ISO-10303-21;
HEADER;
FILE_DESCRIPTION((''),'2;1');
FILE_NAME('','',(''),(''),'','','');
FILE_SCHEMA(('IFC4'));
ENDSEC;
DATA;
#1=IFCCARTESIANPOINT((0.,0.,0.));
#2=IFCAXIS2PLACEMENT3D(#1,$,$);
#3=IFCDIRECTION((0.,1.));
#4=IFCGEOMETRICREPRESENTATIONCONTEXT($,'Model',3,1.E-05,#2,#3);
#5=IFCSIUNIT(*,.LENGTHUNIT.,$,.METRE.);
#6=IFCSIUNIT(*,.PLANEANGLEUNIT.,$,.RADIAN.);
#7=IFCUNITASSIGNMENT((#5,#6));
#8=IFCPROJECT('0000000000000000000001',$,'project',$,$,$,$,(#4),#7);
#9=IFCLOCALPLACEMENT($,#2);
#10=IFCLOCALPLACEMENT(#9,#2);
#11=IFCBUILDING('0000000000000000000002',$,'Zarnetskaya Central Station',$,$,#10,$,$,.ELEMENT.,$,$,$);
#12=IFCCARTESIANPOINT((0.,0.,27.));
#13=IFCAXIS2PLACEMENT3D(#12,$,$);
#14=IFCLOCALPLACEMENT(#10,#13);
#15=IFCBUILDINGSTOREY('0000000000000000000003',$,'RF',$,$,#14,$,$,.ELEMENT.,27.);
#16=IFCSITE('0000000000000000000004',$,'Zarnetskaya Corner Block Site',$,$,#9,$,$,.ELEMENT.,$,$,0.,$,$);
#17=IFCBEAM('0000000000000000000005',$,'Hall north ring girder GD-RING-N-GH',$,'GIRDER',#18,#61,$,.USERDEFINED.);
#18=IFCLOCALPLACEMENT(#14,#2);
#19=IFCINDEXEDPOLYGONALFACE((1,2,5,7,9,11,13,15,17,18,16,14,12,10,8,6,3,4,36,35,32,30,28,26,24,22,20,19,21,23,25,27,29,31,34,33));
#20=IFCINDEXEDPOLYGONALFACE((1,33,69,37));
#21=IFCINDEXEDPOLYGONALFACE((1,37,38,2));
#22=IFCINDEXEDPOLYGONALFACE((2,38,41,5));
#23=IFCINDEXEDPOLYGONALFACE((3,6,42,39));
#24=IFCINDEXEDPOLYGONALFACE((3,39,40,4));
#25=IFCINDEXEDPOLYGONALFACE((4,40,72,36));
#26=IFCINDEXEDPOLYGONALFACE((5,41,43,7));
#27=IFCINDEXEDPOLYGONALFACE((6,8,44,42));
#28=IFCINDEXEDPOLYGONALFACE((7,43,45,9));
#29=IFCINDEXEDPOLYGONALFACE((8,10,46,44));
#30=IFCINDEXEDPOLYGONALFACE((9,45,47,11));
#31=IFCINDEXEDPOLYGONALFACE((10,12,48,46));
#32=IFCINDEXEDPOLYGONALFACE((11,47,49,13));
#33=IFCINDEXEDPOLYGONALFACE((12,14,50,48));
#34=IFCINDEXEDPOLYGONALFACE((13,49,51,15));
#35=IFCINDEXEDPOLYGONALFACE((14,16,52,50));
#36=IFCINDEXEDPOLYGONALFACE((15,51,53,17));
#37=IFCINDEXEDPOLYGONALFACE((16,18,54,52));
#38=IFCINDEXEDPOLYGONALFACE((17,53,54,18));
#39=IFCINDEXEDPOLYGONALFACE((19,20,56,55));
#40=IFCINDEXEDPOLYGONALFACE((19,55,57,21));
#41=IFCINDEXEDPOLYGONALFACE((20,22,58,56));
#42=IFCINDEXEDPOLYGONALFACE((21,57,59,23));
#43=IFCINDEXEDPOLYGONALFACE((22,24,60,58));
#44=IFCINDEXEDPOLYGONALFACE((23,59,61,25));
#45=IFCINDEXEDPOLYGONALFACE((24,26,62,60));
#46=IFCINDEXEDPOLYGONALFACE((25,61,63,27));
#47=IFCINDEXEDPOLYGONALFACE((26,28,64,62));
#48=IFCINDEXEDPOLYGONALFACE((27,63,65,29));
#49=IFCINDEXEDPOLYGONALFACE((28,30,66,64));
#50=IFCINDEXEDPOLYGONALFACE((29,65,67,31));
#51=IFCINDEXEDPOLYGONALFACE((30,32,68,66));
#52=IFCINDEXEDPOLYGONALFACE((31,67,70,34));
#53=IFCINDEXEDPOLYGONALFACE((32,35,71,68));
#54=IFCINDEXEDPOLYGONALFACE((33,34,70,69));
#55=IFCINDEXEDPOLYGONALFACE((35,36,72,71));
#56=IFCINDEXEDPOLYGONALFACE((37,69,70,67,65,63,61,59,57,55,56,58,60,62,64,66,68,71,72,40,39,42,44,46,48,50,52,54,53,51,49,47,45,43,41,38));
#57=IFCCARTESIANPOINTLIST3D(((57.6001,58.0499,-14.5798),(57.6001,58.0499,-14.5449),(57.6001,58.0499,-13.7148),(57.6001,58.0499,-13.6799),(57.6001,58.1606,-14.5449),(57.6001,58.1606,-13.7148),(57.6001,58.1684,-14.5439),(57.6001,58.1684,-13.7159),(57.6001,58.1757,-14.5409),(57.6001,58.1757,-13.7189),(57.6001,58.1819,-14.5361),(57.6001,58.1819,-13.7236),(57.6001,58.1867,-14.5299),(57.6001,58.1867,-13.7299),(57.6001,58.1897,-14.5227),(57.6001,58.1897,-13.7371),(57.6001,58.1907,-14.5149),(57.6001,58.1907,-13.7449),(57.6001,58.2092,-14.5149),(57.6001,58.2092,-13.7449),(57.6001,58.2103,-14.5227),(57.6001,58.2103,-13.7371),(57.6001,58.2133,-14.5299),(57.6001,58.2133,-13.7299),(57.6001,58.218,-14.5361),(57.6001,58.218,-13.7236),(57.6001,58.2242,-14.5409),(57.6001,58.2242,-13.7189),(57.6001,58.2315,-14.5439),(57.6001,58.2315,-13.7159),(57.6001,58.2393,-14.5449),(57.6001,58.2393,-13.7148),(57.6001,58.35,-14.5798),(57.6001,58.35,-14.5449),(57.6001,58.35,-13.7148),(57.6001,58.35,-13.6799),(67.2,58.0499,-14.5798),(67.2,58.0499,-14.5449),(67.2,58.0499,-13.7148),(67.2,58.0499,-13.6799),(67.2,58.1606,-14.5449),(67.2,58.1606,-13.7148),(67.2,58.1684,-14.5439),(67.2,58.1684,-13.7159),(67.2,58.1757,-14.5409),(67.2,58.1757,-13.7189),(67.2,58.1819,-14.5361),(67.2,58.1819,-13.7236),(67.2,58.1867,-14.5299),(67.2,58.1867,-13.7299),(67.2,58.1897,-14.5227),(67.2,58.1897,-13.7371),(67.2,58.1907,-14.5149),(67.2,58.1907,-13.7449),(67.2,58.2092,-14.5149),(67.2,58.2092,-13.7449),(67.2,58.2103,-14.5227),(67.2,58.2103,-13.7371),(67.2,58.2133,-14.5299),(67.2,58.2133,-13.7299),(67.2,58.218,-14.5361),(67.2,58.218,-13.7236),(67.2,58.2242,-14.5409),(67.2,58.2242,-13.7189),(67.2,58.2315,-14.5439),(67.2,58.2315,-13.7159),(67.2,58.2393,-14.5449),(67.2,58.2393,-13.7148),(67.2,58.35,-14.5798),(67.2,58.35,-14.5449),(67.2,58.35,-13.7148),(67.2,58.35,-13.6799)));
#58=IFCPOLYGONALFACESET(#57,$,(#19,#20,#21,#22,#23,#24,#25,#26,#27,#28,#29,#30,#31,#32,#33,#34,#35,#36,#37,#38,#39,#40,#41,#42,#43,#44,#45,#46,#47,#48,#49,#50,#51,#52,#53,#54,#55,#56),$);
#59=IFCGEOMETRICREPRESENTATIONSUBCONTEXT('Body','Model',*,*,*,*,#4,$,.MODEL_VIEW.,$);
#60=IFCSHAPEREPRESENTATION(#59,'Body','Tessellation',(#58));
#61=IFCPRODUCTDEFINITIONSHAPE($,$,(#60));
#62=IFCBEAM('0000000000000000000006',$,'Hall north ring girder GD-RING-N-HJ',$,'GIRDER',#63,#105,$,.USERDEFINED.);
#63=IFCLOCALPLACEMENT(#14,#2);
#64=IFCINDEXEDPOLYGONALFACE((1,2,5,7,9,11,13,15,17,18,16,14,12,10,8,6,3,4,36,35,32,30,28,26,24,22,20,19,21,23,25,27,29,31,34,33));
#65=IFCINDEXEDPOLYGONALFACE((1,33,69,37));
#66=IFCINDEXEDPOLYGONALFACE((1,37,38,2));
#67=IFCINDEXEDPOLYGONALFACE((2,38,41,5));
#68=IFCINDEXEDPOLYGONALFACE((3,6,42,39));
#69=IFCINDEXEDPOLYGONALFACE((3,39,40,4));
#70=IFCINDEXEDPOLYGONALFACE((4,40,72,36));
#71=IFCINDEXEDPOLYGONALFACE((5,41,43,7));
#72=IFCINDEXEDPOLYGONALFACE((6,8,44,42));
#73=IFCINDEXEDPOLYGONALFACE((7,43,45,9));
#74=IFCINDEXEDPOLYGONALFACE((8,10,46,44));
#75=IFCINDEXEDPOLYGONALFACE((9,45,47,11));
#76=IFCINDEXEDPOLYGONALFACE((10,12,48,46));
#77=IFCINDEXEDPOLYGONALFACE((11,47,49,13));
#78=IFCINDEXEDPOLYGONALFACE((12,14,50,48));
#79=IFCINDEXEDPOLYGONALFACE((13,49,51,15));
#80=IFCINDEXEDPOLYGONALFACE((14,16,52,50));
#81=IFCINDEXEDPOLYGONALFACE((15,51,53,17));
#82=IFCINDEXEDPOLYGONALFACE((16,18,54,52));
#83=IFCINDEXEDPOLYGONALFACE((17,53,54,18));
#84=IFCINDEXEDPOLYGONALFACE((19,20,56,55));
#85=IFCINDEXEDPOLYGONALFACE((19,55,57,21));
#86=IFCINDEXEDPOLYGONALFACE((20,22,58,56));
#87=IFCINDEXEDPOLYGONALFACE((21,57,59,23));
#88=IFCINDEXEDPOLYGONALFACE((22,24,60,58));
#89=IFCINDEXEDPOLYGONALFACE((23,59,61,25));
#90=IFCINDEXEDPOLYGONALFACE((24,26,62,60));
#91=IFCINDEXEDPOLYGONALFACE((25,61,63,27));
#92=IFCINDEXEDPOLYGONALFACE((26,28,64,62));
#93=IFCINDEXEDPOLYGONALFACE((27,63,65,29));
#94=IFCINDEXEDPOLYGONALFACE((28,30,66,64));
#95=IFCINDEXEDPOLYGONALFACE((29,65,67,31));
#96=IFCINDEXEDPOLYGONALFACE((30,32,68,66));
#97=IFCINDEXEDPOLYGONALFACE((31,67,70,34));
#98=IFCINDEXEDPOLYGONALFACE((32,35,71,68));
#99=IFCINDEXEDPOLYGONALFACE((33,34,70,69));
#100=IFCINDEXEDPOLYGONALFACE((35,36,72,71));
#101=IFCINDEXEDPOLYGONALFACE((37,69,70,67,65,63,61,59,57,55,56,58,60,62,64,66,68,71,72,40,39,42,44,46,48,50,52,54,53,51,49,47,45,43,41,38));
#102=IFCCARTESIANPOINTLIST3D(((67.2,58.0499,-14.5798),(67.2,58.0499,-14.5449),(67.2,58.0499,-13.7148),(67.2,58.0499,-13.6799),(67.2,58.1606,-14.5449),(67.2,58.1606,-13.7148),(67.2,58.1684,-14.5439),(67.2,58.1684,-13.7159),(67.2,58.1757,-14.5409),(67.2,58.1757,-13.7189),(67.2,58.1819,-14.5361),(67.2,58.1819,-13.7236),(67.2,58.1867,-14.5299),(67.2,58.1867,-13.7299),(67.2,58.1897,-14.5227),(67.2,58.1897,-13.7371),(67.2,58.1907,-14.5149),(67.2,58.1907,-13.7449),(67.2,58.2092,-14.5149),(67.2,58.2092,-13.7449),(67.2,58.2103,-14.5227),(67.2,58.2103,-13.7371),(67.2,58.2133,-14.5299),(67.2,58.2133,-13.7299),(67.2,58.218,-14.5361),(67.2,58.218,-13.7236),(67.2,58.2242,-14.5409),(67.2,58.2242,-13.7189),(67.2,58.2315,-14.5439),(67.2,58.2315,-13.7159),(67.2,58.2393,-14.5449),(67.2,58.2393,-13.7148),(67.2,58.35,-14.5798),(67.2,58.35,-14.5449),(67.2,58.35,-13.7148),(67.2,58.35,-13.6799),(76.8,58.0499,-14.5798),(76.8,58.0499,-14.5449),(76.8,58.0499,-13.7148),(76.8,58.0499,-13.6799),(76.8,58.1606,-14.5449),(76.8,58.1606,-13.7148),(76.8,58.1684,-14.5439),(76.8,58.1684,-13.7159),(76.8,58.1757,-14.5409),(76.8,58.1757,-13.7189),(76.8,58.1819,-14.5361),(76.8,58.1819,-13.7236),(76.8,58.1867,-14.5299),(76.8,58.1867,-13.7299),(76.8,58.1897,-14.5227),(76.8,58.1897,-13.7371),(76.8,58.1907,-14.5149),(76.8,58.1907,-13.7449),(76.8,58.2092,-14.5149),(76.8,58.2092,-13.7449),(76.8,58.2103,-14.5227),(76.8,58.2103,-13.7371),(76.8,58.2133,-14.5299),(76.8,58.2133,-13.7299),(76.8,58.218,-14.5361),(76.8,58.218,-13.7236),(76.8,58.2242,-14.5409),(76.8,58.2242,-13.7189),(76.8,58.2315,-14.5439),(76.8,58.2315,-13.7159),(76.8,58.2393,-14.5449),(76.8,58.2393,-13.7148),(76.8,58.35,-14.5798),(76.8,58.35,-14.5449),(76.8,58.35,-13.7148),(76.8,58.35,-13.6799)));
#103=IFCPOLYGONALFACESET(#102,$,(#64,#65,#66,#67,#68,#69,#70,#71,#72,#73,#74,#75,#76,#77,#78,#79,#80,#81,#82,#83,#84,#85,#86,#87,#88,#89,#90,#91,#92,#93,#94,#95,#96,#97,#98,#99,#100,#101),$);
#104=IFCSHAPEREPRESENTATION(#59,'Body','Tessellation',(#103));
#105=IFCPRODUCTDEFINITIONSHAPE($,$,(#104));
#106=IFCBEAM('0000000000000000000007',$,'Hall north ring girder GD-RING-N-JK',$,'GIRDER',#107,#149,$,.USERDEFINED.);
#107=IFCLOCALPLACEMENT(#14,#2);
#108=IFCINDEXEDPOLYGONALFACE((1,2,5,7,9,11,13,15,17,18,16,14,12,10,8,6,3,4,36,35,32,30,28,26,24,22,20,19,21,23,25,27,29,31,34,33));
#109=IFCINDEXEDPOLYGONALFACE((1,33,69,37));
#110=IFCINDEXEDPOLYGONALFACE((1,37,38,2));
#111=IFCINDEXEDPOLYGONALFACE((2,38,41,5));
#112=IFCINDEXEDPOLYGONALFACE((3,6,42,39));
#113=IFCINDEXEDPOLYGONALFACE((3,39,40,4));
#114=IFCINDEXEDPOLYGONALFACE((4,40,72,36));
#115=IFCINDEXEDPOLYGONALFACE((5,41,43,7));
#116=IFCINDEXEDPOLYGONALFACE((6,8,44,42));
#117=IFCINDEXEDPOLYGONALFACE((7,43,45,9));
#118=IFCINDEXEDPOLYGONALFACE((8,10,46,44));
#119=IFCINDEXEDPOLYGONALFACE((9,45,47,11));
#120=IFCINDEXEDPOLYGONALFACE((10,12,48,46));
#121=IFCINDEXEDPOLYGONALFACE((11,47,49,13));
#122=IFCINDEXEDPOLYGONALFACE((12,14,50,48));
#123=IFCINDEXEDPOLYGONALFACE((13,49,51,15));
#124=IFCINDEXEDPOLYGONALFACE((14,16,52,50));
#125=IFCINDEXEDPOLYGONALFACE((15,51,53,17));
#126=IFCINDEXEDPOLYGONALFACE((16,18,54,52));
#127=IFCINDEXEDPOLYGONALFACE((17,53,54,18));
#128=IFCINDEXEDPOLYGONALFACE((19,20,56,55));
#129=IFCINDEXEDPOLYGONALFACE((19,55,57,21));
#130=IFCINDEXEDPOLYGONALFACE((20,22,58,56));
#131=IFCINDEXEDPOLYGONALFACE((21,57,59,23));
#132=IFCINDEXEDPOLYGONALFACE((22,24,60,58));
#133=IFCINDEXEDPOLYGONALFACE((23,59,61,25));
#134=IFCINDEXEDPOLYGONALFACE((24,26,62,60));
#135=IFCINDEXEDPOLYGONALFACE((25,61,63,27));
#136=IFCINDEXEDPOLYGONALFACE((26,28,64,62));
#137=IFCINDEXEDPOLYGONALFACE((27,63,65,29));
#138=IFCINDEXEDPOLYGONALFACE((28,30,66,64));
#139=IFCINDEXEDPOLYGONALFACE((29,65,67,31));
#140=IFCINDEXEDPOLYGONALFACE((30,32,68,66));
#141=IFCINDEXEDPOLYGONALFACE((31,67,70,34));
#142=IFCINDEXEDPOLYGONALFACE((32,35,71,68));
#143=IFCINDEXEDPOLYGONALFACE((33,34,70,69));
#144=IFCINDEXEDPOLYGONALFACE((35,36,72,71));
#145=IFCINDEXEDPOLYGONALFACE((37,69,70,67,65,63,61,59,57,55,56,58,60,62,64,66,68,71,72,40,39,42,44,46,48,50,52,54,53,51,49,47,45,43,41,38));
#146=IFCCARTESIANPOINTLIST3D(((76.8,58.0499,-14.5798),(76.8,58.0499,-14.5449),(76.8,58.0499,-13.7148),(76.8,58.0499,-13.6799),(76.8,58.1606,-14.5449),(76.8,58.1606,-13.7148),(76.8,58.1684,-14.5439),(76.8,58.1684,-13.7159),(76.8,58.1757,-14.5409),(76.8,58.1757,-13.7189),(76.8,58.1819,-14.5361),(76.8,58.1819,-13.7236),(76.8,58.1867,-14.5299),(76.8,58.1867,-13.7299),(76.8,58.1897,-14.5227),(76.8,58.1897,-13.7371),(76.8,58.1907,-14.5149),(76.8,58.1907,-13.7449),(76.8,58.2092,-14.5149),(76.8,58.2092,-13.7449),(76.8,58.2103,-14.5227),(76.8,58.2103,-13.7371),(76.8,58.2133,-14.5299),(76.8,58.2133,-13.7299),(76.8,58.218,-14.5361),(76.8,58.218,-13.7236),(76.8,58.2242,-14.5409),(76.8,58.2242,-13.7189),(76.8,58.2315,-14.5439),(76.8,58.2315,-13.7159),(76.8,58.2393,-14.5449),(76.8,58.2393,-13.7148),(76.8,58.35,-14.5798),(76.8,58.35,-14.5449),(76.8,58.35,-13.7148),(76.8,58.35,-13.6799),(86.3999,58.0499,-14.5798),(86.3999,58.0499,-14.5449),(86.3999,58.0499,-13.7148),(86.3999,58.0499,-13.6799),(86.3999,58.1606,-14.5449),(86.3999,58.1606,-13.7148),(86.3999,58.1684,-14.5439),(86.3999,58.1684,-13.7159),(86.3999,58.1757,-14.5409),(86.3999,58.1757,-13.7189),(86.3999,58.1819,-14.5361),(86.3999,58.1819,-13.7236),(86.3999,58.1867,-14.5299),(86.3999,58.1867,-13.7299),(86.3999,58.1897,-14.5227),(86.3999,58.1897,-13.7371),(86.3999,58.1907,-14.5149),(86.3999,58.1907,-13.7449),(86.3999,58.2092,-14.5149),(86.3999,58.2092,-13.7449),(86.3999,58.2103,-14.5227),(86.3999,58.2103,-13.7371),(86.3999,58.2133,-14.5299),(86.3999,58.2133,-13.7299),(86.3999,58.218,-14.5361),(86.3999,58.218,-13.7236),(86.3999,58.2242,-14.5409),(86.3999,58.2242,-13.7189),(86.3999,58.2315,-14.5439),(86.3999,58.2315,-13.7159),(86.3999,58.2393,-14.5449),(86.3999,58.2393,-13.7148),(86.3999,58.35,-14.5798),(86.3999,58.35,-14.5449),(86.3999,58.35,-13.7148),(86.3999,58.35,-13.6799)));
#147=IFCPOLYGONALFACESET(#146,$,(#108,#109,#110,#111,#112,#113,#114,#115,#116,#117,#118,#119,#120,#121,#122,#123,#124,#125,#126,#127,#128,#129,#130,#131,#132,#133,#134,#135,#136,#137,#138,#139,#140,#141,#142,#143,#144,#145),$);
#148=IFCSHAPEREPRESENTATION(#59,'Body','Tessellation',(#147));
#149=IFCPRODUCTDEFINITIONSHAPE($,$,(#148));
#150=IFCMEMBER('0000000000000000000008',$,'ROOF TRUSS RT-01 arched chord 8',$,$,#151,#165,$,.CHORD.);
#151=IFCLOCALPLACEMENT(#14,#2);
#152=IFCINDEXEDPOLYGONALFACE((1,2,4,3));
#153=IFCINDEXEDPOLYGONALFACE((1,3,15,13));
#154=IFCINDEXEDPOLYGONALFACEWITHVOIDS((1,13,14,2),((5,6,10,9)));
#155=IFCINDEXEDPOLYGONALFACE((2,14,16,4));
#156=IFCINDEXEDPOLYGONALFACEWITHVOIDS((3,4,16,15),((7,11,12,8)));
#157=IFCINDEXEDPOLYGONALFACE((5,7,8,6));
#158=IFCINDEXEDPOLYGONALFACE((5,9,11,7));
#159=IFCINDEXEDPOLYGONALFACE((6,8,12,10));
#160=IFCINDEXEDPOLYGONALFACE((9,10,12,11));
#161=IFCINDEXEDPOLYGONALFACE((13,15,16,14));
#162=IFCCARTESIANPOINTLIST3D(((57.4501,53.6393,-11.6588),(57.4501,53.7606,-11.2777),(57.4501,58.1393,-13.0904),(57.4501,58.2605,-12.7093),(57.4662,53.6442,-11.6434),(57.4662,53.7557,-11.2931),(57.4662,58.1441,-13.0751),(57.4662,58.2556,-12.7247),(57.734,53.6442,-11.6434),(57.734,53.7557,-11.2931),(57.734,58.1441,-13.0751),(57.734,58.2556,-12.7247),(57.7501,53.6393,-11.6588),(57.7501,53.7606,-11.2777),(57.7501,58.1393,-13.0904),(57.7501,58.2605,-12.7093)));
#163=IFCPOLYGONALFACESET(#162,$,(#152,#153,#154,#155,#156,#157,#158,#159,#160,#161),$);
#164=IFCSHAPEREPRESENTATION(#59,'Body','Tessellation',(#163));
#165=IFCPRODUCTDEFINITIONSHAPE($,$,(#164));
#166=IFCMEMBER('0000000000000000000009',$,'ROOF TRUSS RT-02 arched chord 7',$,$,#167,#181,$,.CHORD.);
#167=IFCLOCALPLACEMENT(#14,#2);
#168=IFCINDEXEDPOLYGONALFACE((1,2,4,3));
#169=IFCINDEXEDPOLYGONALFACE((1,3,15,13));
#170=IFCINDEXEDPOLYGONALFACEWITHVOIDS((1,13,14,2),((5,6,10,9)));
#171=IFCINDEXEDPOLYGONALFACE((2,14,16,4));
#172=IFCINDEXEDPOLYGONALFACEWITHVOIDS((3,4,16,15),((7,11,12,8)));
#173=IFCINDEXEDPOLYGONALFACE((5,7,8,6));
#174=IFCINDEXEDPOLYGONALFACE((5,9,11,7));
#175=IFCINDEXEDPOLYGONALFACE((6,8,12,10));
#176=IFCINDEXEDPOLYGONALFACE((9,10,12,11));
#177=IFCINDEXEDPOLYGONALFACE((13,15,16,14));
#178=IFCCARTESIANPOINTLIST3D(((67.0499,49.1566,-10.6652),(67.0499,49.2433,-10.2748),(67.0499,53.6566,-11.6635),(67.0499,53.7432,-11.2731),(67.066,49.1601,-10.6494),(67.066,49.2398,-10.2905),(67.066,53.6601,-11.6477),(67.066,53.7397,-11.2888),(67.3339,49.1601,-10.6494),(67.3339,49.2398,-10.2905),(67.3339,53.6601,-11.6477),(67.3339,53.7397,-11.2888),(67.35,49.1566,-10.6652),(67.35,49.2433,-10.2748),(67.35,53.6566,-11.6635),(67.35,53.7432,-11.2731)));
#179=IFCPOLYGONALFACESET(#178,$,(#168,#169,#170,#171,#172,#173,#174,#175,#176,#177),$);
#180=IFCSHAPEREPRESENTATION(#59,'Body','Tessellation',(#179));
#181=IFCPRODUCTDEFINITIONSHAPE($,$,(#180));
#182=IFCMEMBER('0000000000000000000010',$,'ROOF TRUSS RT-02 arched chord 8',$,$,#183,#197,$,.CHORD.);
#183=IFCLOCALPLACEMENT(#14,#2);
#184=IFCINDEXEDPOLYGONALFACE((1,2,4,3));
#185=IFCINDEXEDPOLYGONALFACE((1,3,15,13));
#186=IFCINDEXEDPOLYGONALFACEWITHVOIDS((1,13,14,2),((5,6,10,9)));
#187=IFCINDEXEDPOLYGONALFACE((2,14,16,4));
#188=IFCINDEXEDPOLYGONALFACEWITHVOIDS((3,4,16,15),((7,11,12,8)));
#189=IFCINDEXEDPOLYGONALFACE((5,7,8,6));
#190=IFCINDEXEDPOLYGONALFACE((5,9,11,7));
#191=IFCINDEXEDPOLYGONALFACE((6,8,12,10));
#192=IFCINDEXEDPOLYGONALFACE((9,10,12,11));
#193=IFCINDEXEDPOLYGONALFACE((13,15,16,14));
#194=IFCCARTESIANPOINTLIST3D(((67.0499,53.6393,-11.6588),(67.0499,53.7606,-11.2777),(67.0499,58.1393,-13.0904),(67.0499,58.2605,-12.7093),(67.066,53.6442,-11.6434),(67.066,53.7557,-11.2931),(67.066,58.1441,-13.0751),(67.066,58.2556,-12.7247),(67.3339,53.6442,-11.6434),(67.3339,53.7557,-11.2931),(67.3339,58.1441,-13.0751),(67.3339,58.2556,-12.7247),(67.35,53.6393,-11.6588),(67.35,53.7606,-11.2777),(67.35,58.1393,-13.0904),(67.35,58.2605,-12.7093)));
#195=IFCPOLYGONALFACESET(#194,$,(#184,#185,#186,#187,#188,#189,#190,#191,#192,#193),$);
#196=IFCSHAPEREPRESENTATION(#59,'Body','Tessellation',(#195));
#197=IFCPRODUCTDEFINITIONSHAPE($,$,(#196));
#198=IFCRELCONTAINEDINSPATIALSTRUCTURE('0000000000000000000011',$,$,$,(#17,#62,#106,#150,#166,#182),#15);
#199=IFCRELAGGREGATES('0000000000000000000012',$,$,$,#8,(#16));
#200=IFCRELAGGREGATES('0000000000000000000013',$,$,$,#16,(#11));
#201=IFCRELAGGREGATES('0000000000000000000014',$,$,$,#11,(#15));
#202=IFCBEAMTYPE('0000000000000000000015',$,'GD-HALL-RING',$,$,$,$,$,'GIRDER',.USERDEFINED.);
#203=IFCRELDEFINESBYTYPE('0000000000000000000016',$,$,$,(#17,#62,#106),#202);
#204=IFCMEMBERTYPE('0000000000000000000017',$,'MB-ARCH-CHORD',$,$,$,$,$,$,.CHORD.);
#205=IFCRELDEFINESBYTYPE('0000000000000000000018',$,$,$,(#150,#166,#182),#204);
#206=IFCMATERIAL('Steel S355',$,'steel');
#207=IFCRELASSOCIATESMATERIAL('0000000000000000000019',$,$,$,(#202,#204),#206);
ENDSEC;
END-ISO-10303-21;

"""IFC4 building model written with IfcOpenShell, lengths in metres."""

from ifc_helpers import new_model, si_unit, direction, frame, origin, origin_2d, place, context, subcontext, project, spatial, hollow_rectangle, i_section, extrude, material, material_profile, profile_set, type_object, element, save


model = new_model("IFC4")

# Units and contexts
model_context = context("Model", 3, precision=1e-05, world=origin(), true_north=direction((0.0, 1.0)))
body_context = subcontext(model_context, "Body", "Model", "MODEL_VIEW")
ifc_project = project(units=[si_unit("LENGTHUNIT", "METRE"), si_unit("PLANEANGLEUNIT", "RADIAN")], contexts=[model_context])

# Site, building, storey
site_placement = place(None, origin())
site = spatial("IfcSite", under=ifc_project, at=site_placement, Name="Zarnetskaya Corner Block Site", CompositionType="ELEMENT", RefElevation=0.0)
building_placement = place(site_placement, origin())
building = spatial("IfcBuilding", under=site, at=building_placement, Name="Zarnetskaya Central Station", CompositionType="ELEMENT")
storey_placement = place(building_placement, frame((0.0, 0.0, 27.0)))
storey = spatial("IfcBuildingStorey", under=building, at=storey_placement, Name="RF", CompositionType="ELEMENT", Elevation=27.0)

# Beams
ifc_material_1 = material(Name="Steel S355", Category="steel")
ifc_material_profile_1 = material_profile(ifc_material_1, i_section(OverallWidth=0.3, OverallDepth=0.8999, WebThickness=0.0186, FlangeThickness=0.0349, FilletRadius=0.03, at=origin_2d()), Name="HEB 900")
ifc_profile_set_1 = profile_set([ifc_material_profile_1], Name="Steel S355")
beam_type_1 = type_object("IfcBeamType", Name="GD-HALL-RING", ElementType="GIRDER", PredefinedType="USERDEFINED", material=ifc_profile_set_1)
beam_1_placement = place(storey_placement, frame((57.6001, 58.2, -14.1299), z_axis=(1.0, 0.0, 0.0), x_axis=(0.0, 1.0, 0.0)))
element("IfcBeam", 1, at=beam_1_placement, inside=storey, type_object=beam_type_1, Name="Hall north ring girder GD-RING-N-GH", ObjectType="GIRDER", PredefinedType="USERDEFINED", context=body_context, shape_type="SweptSolid", body=[
    extrude(i_section(OverallWidth=0.3, OverallDepth=0.8999, WebThickness=0.0186, FlangeThickness=0.0349, FilletRadius=0.03, at=origin_2d()), origin(), (0.0, 0.0, 1.0), 9.5999),
])
beam_2_placement = place(storey_placement, frame((67.2, 58.2, -14.1299), z_axis=(1.0, 0.0, 0.0), x_axis=(0.0, 1.0, 0.0)))
element("IfcBeam", 2, at=beam_2_placement, inside=storey, type_object=beam_type_1, Name="Hall north ring girder GD-RING-N-HJ", ObjectType="GIRDER", PredefinedType="USERDEFINED", context=body_context, shape_type="SweptSolid", body=[
    extrude(i_section(OverallWidth=0.3, OverallDepth=0.8999, WebThickness=0.0186, FlangeThickness=0.0349, FilletRadius=0.03, at=origin_2d()), origin(), (0.0, 0.0, 1.0), 9.6001),
])
beam_3_placement = place(storey_placement, frame((76.8, 58.2, -14.1299), z_axis=(1.0, 0.0, 0.0), x_axis=(0.0, 1.0, 0.0)))
element("IfcBeam", 3, at=beam_3_placement, inside=storey, type_object=beam_type_1, Name="Hall north ring girder GD-RING-N-JK", ObjectType="GIRDER", PredefinedType="USERDEFINED", context=body_context, shape_type="SweptSolid", body=[
    extrude(i_section(OverallWidth=0.3, OverallDepth=0.8999, WebThickness=0.0186, FlangeThickness=0.0349, FilletRadius=0.03, at=origin_2d()), origin(), (0.0, 0.0, 1.0), 9.5999),
])

# Members
ifc_material_profile_2 = material_profile(ifc_material_1, hollow_rectangle(XDim=0.3, YDim=0.3999, WallThickness=0.0161, at=origin_2d()), Name="RHS 400x300x16")
ifc_profile_set_2 = profile_set([ifc_material_profile_2], Name="Steel S355")
member_type_1 = type_object("IfcMemberType", Name="MB-ARCH-CHORD", PredefinedType="CHORD", material=ifc_profile_set_2)
member_1_placement = place(storey_placement, frame((57.6001, 53.7, -11.4683), z_axis=(0.0, 0.952937, -0.30317), x_axis=(-1.0, 0.0, 0.0)))
element("IfcMember", 4, at=member_1_placement, inside=storey, type_object=member_type_1, Name="ROOF TRUSS RT-01 arched chord 8", PredefinedType="CHORD", context=body_context, shape_type="SweptSolid", body=[
    extrude(hollow_rectangle(XDim=0.3, YDim=0.3999, WallThickness=0.0161, at=origin_2d()), origin(), (0.0, 0.0, 1.0), 4.7222),
])
member_2_placement = place(storey_placement, frame((67.2, 49.2, -10.47), z_axis=(0.0, 0.976266, -0.216577), x_axis=(-1.0, 0.0, 0.0)))
element("IfcMember", 5, at=member_2_placement, inside=storey, type_object=member_type_1, Name="ROOF TRUSS RT-02 arched chord 7", PredefinedType="CHORD", context=body_context, shape_type="SweptSolid", body=[
    extrude(hollow_rectangle(XDim=0.3, YDim=0.3999, WallThickness=0.0161, at=origin_2d()), origin(), (0.0, 0.0, 1.0), 4.6094),
])
member_3_placement = place(storey_placement, frame((67.2, 53.7, -11.4683), z_axis=(0.0, 0.952937, -0.30317), x_axis=(-1.0, 0.0, 0.0)))
element("IfcMember", 6, at=member_3_placement, inside=storey, type_object=member_type_1, Name="ROOF TRUSS RT-02 arched chord 8", PredefinedType="CHORD", context=body_context, shape_type="SweptSolid", body=[
    extrude(hollow_rectangle(XDim=0.3, YDim=0.3999, WallThickness=0.0161, at=origin_2d()), origin(), (0.0, 0.0, 1.0), 4.7222),
])

save(model, "model.ifc")
